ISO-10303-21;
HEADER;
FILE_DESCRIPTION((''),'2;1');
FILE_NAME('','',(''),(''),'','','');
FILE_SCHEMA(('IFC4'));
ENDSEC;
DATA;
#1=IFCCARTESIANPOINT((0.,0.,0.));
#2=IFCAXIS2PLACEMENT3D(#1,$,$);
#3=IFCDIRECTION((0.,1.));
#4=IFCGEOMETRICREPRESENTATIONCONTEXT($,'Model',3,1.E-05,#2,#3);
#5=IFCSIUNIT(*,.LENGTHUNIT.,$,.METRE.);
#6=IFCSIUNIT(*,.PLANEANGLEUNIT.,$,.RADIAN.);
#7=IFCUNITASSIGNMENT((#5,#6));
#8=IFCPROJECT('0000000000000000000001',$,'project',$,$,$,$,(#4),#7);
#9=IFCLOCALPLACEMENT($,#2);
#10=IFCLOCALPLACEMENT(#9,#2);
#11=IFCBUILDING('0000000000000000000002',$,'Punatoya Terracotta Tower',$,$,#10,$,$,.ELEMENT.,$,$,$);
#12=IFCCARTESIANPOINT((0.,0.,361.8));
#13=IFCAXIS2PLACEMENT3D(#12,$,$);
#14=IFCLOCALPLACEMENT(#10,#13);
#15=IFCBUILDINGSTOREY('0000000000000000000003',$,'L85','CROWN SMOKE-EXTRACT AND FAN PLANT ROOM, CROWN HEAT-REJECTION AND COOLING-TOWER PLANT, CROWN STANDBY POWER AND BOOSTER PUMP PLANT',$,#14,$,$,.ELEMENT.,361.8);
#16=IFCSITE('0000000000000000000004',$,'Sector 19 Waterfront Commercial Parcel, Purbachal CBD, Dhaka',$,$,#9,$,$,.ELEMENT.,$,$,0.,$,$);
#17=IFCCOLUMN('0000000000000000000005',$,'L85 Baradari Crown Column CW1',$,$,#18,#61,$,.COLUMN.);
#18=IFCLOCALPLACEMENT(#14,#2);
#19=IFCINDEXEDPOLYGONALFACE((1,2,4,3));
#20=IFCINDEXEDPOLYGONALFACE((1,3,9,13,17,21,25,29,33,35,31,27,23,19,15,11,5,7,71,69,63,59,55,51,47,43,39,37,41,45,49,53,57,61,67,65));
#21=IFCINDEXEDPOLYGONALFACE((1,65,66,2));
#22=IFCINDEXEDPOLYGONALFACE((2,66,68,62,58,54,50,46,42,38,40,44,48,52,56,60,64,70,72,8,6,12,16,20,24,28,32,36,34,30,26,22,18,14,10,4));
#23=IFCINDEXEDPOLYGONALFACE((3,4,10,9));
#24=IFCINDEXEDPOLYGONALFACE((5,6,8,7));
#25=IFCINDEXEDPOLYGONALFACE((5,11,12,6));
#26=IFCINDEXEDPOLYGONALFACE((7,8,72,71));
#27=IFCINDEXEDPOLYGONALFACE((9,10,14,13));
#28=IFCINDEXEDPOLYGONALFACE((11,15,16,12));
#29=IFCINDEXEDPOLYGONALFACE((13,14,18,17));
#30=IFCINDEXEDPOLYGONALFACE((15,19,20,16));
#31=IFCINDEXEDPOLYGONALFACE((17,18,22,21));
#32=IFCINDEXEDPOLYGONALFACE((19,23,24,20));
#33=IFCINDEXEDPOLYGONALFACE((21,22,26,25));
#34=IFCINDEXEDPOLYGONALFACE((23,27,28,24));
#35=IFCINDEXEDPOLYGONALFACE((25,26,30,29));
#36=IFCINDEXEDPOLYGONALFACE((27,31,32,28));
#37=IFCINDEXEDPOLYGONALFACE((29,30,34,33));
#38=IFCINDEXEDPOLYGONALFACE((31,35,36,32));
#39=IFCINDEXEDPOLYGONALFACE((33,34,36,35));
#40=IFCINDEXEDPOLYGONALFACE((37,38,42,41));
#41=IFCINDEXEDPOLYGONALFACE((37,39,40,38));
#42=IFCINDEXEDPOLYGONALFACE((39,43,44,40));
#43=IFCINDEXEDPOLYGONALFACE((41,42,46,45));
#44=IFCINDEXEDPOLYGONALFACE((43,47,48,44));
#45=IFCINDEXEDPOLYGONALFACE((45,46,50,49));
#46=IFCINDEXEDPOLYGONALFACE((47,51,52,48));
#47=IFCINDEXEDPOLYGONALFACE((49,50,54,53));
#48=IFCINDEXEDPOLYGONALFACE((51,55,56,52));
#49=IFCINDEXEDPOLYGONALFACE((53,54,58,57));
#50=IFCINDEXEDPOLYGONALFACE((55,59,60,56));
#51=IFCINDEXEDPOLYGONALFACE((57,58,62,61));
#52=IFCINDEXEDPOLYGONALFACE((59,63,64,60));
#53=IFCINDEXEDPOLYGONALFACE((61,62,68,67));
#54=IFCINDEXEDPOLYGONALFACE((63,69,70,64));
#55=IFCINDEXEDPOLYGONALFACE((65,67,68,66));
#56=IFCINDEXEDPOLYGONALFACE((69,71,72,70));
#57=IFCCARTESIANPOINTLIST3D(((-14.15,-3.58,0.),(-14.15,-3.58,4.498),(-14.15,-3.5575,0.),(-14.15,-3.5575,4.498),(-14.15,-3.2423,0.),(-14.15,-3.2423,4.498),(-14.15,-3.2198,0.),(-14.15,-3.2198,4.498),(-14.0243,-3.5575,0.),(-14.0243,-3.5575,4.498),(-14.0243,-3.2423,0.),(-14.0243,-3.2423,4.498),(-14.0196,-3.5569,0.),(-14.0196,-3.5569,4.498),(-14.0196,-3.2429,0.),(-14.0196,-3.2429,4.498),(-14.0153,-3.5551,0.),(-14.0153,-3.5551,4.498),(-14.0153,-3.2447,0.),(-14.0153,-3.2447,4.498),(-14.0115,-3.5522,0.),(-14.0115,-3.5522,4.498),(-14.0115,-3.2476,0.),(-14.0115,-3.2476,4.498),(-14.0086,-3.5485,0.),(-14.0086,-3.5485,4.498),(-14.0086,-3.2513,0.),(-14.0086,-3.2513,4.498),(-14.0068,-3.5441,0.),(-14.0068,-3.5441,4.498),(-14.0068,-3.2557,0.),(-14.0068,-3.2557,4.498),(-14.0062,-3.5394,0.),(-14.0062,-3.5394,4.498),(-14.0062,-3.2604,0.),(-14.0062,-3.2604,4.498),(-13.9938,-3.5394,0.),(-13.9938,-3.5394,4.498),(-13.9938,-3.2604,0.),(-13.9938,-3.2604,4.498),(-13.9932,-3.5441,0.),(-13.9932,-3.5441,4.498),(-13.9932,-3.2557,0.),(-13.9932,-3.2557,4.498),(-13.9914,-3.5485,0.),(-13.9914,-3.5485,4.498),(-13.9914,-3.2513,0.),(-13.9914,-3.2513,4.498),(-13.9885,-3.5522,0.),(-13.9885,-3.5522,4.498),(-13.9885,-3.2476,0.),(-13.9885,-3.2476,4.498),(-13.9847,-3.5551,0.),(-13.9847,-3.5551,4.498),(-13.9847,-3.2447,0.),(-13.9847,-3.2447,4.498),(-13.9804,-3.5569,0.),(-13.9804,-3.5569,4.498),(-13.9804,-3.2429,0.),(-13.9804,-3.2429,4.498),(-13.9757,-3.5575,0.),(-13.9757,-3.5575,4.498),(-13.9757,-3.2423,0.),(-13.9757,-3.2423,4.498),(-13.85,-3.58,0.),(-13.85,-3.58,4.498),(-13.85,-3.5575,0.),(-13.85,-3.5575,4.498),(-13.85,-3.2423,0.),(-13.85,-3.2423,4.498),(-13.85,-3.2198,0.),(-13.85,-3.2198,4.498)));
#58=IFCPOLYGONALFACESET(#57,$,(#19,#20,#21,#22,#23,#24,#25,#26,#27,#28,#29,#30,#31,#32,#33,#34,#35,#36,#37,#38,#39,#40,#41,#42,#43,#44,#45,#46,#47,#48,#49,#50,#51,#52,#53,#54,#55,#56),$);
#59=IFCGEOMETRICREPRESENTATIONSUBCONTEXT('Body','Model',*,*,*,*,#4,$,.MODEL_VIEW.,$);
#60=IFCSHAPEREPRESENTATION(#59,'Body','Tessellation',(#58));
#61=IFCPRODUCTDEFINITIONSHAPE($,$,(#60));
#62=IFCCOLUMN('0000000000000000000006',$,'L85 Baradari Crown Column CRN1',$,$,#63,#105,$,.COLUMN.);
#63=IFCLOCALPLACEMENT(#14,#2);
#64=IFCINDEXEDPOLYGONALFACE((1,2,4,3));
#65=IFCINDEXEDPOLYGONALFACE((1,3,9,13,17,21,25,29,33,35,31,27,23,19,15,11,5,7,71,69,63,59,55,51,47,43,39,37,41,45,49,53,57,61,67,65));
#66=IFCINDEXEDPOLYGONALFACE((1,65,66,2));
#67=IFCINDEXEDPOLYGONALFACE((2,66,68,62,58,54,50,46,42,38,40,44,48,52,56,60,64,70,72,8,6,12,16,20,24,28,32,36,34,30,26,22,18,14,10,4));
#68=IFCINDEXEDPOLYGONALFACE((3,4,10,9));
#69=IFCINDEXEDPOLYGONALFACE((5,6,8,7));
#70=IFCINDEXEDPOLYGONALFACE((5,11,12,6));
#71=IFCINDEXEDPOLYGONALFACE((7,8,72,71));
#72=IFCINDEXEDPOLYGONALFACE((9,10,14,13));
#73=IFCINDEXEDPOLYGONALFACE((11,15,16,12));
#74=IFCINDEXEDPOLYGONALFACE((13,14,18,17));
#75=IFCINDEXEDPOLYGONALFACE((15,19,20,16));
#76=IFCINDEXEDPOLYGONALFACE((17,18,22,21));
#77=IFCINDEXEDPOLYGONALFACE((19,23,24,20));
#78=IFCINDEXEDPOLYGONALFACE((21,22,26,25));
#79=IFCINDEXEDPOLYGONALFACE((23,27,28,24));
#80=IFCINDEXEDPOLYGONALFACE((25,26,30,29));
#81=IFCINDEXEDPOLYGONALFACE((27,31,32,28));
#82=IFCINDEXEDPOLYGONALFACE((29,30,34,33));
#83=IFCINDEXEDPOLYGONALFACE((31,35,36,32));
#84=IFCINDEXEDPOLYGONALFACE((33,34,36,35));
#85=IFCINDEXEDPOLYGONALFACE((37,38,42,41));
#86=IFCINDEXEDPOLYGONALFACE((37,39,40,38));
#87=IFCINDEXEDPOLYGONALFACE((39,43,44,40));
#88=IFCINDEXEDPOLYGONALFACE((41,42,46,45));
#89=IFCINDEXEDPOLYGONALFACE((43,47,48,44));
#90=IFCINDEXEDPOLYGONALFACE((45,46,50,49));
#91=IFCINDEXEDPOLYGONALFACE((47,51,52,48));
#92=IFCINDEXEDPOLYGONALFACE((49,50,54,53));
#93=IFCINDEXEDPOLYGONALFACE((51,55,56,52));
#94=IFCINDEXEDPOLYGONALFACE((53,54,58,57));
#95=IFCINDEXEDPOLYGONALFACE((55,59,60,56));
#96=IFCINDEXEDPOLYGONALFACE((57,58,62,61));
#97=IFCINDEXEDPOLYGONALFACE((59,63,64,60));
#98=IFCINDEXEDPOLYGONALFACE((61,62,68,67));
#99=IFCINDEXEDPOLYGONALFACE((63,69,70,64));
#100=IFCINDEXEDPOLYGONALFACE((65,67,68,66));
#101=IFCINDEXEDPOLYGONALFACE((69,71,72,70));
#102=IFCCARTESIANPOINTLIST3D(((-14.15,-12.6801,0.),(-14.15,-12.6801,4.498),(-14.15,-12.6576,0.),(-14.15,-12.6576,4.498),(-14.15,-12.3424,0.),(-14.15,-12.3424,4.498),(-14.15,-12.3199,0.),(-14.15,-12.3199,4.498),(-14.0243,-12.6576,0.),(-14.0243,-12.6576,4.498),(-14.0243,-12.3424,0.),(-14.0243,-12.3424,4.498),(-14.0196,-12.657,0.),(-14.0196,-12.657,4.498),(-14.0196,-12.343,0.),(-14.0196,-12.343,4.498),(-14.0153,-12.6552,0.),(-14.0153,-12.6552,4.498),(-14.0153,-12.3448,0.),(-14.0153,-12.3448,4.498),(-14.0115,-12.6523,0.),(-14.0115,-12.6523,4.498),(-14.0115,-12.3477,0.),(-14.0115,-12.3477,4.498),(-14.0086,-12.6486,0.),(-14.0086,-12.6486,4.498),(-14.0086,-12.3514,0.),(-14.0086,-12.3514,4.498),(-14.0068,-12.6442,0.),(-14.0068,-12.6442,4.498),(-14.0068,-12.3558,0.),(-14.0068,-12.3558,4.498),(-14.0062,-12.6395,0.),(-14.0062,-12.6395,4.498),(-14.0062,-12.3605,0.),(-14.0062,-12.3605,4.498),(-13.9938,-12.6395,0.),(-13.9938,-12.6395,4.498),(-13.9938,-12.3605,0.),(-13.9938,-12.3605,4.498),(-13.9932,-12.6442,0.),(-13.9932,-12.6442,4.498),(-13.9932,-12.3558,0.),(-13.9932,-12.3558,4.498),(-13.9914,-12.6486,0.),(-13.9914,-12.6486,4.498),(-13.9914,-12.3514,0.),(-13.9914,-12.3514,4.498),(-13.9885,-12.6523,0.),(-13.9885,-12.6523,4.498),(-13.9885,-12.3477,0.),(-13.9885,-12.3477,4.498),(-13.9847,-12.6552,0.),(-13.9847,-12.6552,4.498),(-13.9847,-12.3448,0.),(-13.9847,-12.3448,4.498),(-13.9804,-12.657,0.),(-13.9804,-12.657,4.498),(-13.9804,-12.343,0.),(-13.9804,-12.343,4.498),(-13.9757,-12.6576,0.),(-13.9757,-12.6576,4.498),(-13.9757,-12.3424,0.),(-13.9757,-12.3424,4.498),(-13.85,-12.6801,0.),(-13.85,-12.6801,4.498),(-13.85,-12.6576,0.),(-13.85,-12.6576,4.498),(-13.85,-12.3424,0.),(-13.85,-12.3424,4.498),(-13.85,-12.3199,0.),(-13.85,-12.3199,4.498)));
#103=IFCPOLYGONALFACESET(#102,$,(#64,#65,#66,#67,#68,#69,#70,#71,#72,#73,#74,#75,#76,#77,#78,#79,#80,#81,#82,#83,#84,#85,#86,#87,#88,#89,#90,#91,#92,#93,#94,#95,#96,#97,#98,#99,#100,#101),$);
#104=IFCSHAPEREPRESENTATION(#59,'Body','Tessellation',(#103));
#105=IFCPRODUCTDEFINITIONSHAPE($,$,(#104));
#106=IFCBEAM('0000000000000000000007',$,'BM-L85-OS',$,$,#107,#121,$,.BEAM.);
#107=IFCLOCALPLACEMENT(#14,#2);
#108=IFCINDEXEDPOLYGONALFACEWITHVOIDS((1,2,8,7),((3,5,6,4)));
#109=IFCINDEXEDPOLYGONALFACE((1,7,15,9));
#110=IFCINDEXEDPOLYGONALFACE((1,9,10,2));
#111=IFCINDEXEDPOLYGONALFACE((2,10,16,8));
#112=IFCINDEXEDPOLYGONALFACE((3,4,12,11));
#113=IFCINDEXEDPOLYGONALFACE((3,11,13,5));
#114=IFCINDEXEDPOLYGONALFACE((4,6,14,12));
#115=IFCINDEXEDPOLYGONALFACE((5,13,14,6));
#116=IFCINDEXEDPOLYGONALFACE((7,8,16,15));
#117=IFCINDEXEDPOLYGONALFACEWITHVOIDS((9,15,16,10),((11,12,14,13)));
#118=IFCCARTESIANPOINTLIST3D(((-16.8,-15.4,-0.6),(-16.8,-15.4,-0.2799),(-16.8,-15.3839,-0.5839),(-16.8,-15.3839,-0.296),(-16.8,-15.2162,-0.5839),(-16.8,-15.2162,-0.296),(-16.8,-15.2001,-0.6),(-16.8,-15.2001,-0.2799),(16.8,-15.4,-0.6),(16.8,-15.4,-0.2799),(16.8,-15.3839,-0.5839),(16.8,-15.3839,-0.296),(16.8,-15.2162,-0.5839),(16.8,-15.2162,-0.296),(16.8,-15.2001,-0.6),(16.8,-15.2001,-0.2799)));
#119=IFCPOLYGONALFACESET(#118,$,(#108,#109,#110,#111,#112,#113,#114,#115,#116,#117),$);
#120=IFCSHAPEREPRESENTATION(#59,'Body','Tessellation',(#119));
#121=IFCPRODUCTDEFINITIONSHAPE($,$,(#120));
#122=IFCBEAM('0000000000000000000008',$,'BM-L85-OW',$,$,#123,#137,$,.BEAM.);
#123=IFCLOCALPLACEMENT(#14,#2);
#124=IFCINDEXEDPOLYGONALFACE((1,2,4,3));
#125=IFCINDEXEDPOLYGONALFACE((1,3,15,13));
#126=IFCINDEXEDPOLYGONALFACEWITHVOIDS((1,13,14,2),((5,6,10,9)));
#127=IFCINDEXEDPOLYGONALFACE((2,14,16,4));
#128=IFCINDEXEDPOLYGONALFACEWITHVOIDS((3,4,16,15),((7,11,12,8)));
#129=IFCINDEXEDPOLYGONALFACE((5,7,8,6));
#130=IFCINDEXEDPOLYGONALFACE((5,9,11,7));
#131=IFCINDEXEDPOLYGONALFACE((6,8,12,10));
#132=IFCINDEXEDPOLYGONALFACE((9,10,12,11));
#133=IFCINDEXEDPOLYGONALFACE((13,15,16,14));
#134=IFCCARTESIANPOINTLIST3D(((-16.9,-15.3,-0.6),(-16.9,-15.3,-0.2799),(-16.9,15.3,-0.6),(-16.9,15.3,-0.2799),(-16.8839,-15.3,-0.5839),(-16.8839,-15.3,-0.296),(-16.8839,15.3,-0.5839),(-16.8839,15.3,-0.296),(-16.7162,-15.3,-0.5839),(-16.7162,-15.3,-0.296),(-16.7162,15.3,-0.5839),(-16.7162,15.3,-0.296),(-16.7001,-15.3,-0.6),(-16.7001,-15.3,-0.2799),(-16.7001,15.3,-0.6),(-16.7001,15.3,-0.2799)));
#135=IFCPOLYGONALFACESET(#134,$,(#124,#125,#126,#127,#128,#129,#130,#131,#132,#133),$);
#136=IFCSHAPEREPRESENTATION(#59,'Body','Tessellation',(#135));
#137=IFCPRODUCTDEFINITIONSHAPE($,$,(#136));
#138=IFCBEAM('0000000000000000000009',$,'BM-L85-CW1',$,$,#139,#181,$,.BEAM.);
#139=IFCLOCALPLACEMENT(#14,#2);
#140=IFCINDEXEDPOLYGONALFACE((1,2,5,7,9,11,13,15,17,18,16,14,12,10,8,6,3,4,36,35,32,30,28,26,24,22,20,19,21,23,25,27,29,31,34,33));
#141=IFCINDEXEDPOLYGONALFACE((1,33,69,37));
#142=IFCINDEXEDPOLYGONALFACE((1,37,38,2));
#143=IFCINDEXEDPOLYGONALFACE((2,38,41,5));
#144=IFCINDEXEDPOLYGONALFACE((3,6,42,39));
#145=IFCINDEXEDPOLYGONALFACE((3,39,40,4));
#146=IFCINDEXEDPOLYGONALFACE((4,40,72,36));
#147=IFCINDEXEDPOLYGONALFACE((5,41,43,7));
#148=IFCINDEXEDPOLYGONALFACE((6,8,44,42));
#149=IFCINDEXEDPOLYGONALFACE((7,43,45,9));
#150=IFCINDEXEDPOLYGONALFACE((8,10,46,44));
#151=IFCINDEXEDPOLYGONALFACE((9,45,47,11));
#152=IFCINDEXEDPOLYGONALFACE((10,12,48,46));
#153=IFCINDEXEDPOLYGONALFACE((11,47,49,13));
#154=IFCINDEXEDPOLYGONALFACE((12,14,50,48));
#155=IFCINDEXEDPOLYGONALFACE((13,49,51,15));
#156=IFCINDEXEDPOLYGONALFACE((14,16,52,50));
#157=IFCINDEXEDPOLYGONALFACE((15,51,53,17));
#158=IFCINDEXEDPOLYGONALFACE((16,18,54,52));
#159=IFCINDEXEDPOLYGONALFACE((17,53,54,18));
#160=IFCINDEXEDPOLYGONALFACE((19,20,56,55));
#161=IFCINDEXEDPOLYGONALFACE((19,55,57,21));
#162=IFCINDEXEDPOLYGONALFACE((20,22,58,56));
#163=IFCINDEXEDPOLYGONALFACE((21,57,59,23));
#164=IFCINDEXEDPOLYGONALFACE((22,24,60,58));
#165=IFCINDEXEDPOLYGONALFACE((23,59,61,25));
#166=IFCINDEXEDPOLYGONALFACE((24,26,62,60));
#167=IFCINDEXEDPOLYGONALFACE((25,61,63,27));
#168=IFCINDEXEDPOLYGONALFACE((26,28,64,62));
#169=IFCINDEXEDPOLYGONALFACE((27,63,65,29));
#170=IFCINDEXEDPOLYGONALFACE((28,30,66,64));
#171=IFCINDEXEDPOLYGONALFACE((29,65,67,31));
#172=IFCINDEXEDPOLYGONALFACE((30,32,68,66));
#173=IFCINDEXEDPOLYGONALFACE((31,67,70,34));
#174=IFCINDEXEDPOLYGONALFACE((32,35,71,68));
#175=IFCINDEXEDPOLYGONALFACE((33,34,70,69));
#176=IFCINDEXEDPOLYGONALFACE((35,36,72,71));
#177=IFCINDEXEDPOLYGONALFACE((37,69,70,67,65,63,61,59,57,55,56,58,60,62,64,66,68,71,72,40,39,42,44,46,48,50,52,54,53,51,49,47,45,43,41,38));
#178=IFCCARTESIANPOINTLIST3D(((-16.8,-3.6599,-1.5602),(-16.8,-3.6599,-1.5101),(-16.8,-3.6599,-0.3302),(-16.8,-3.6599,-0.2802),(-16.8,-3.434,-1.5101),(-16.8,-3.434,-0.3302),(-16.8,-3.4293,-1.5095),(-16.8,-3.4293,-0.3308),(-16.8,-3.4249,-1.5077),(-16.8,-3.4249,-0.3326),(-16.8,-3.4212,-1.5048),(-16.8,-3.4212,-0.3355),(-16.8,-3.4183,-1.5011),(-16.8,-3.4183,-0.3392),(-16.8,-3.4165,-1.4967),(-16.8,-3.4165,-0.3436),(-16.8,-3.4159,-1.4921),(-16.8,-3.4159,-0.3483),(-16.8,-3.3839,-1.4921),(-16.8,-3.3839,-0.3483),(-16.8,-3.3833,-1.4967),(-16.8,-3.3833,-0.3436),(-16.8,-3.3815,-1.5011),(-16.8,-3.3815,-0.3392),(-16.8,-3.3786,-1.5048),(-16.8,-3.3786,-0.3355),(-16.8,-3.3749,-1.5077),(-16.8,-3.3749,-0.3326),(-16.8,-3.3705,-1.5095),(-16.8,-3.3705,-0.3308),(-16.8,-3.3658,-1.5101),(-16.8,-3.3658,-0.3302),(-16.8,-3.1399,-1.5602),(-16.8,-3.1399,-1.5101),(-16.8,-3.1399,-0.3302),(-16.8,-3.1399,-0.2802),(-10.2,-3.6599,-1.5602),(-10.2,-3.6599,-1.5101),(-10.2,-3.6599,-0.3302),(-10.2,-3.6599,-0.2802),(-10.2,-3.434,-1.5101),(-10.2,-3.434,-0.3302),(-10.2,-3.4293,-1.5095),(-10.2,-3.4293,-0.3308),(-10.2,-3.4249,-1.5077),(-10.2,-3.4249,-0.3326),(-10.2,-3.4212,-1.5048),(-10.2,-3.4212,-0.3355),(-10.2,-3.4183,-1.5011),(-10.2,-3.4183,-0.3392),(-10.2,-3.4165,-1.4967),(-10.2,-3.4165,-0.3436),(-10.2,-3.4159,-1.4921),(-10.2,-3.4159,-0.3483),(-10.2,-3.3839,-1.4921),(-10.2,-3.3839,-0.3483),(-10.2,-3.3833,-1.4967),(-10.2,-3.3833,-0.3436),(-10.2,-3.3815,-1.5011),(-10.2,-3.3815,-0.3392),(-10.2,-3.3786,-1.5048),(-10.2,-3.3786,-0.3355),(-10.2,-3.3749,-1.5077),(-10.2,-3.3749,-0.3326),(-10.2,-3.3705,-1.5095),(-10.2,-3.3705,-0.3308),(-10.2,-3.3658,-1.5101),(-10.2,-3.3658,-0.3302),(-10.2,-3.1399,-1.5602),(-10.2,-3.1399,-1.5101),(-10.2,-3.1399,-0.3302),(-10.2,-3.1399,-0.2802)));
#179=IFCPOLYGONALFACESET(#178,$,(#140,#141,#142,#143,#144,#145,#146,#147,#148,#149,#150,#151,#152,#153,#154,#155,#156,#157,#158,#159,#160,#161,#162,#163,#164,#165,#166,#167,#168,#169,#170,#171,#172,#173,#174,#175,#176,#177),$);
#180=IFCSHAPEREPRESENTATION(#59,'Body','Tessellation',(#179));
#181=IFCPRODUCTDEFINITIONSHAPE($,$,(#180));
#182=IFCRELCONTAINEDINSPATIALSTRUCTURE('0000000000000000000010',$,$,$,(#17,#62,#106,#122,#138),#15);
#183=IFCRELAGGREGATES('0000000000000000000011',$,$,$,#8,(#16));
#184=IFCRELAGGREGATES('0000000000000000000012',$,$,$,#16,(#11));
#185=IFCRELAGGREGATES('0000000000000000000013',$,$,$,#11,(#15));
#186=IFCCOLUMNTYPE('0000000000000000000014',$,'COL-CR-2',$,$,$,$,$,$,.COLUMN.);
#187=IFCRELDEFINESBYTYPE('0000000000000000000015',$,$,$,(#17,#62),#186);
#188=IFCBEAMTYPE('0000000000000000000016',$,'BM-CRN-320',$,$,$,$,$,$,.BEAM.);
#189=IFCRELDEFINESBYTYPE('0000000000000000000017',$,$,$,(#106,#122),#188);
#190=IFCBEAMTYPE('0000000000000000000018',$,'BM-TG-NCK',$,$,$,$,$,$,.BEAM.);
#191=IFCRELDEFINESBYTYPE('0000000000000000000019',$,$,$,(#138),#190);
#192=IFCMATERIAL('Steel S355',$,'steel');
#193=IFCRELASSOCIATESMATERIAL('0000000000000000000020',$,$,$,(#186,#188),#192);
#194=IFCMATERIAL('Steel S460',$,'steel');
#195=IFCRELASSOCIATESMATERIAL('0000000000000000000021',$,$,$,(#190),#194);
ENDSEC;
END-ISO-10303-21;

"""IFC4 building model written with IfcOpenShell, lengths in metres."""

from ifc_helpers import new_model, si_unit, direction, frame, origin, origin_2d, place, context, subcontext, project, spatial, hollow_rectangle, i_section, extrude, material, material_profile, profile_set, type_object, element, save


model = new_model("IFC4")

# Units and contexts
model_context = context("Model", 3, precision=1e-05, world=origin(), true_north=direction((0.0, 1.0)))
body_context = subcontext(model_context, "Body", "Model", "MODEL_VIEW")
ifc_project = project(units=[si_unit("LENGTHUNIT", "METRE"), si_unit("PLANEANGLEUNIT", "RADIAN")], contexts=[model_context])

# Site, building, storey
site_placement = place(None, origin())
site = spatial("IfcSite", under=ifc_project, at=site_placement, Name="Sector 19 Waterfront Commercial Parcel, Purbachal CBD, Dhaka", CompositionType="ELEMENT", RefElevation=0.0)
building_placement = place(site_placement, origin())
building = spatial("IfcBuilding", under=site, at=building_placement, Name="Punatoya Terracotta Tower", CompositionType="ELEMENT")
storey_placement = place(building_placement, frame((0.0, 0.0, 361.8)))
storey = spatial("IfcBuildingStorey", under=building, at=storey_placement, Name="L85", Description="CROWN SMOKE-EXTRACT AND FAN PLANT ROOM, CROWN HEAT-REJECTION AND COOLING-TOWER PLANT, CROWN STANDBY POWER AND BOOSTER PUMP PLANT", CompositionType="ELEMENT", Elevation=361.8)

# Columns
ifc_material_1 = material(Name="Steel S355", Category="steel")
ifc_material_profile_1 = material_profile(ifc_material_1, i_section(OverallWidth=0.3, OverallDepth=0.3601, WebThickness=0.0125, FlangeThickness=0.0225, FilletRadius=0.0181, at=origin_2d()))
ifc_profile_set_1 = profile_set([ifc_material_profile_1], Name="Steel S355")
column_type = type_object("IfcColumnType", Name="COL-CR-2", PredefinedType="COLUMN", material=ifc_profile_set_1)
for number, where, z_axis, x_axis, name in (
    (1, (-14.0, -3.3999, 0.0), (0.0, 0.0, 1.0), (1.0, 0.0, 0.0), "L85 Baradari Crown Column CW1"),
    (2, (-14.0, -12.5, 0.0), (0.0, 0.0, 1.0), (1.0, 0.0, 0.0), "L85 Baradari Crown Column CRN1"),
):
    element("IfcColumn", number, at=place(storey_placement, frame(where, z_axis=z_axis, x_axis=x_axis)), inside=storey, type_object=column_type, Name=name, PredefinedType="COLUMN", context=body_context, shape_type="SweptSolid", body=[
        extrude(i_section(OverallWidth=0.3, OverallDepth=0.3601, WebThickness=0.0125, FlangeThickness=0.0225, FilletRadius=0.0181, at=origin_2d()), origin(), (0.0, 0.0, 1.0), 4.498),
    ])

# Beams
ifc_material_profile_2 = material_profile(ifc_material_1, hollow_rectangle(XDim=0.2, YDim=0.3201, WallThickness=0.0161, at=origin_2d()))
ifc_profile_set_2 = profile_set([ifc_material_profile_2], Name="Steel S355")
beam_type_1 = type_object("IfcBeamType", Name="BM-CRN-320", PredefinedType="BEAM", material=ifc_profile_set_2)
beam_1_placement = place(storey_placement, frame((-16.8, -15.3, -0.4399), z_axis=(1.0, 0.0, 0.0), x_axis=(0.0, 1.0, 0.0)))
element("IfcBeam", 3, at=beam_1_placement, inside=storey, type_object=beam_type_1, Name="BM-L85-OS", PredefinedType="BEAM", context=body_context, shape_type="SweptSolid", body=[
    extrude(hollow_rectangle(XDim=0.2, YDim=0.3201, WallThickness=0.0161, at=origin_2d()), origin(), (0.0, 0.0, 1.0), 33.6001),
])
beam_2_placement = place(storey_placement, frame((-16.8, -15.3, -0.4399), z_axis=(0.0, 1.0, 0.0), x_axis=(-1.0, 0.0, 0.0)))
element("IfcBeam", 4, at=beam_2_placement, inside=storey, type_object=beam_type_1, Name="BM-L85-OW", PredefinedType="BEAM", context=body_context, shape_type="SweptSolid", body=[
    extrude(hollow_rectangle(XDim=0.2, YDim=0.3201, WallThickness=0.0161, at=origin_2d()), origin(), (0.0, 0.0, 1.0), 30.6001),
])
ifc_material_2 = material(Name="Steel S460", Category="steel")
ifc_material_profile_3 = material_profile(ifc_material_2, i_section(OverallWidth=0.52, OverallDepth=1.28, WebThickness=0.032, FlangeThickness=0.05, FilletRadius=0.0181, at=origin_2d()))
ifc_profile_set_3 = profile_set([ifc_material_profile_3], Name="Steel S460")
beam_type_2 = type_object("IfcBeamType", Name="BM-TG-NCK", PredefinedType="BEAM", material=ifc_profile_set_3)
beam_3_placement = place(storey_placement, frame((-16.8, -3.3999, -0.9202), z_axis=(1.0, 0.0, 0.0), x_axis=(0.0, 1.0, 0.0)))
element("IfcBeam", 5, at=beam_3_placement, inside=storey, type_object=beam_type_2, Name="BM-L85-CW1", PredefinedType="BEAM", context=body_context, shape_type="SweptSolid", body=[
    extrude(i_section(OverallWidth=0.52, OverallDepth=1.28, WebThickness=0.032, FlangeThickness=0.05, FilletRadius=0.0181, at=origin_2d()), origin(), (0.0, 0.0, 1.0), 6.6001),
])

save(model, "model.ifc")
